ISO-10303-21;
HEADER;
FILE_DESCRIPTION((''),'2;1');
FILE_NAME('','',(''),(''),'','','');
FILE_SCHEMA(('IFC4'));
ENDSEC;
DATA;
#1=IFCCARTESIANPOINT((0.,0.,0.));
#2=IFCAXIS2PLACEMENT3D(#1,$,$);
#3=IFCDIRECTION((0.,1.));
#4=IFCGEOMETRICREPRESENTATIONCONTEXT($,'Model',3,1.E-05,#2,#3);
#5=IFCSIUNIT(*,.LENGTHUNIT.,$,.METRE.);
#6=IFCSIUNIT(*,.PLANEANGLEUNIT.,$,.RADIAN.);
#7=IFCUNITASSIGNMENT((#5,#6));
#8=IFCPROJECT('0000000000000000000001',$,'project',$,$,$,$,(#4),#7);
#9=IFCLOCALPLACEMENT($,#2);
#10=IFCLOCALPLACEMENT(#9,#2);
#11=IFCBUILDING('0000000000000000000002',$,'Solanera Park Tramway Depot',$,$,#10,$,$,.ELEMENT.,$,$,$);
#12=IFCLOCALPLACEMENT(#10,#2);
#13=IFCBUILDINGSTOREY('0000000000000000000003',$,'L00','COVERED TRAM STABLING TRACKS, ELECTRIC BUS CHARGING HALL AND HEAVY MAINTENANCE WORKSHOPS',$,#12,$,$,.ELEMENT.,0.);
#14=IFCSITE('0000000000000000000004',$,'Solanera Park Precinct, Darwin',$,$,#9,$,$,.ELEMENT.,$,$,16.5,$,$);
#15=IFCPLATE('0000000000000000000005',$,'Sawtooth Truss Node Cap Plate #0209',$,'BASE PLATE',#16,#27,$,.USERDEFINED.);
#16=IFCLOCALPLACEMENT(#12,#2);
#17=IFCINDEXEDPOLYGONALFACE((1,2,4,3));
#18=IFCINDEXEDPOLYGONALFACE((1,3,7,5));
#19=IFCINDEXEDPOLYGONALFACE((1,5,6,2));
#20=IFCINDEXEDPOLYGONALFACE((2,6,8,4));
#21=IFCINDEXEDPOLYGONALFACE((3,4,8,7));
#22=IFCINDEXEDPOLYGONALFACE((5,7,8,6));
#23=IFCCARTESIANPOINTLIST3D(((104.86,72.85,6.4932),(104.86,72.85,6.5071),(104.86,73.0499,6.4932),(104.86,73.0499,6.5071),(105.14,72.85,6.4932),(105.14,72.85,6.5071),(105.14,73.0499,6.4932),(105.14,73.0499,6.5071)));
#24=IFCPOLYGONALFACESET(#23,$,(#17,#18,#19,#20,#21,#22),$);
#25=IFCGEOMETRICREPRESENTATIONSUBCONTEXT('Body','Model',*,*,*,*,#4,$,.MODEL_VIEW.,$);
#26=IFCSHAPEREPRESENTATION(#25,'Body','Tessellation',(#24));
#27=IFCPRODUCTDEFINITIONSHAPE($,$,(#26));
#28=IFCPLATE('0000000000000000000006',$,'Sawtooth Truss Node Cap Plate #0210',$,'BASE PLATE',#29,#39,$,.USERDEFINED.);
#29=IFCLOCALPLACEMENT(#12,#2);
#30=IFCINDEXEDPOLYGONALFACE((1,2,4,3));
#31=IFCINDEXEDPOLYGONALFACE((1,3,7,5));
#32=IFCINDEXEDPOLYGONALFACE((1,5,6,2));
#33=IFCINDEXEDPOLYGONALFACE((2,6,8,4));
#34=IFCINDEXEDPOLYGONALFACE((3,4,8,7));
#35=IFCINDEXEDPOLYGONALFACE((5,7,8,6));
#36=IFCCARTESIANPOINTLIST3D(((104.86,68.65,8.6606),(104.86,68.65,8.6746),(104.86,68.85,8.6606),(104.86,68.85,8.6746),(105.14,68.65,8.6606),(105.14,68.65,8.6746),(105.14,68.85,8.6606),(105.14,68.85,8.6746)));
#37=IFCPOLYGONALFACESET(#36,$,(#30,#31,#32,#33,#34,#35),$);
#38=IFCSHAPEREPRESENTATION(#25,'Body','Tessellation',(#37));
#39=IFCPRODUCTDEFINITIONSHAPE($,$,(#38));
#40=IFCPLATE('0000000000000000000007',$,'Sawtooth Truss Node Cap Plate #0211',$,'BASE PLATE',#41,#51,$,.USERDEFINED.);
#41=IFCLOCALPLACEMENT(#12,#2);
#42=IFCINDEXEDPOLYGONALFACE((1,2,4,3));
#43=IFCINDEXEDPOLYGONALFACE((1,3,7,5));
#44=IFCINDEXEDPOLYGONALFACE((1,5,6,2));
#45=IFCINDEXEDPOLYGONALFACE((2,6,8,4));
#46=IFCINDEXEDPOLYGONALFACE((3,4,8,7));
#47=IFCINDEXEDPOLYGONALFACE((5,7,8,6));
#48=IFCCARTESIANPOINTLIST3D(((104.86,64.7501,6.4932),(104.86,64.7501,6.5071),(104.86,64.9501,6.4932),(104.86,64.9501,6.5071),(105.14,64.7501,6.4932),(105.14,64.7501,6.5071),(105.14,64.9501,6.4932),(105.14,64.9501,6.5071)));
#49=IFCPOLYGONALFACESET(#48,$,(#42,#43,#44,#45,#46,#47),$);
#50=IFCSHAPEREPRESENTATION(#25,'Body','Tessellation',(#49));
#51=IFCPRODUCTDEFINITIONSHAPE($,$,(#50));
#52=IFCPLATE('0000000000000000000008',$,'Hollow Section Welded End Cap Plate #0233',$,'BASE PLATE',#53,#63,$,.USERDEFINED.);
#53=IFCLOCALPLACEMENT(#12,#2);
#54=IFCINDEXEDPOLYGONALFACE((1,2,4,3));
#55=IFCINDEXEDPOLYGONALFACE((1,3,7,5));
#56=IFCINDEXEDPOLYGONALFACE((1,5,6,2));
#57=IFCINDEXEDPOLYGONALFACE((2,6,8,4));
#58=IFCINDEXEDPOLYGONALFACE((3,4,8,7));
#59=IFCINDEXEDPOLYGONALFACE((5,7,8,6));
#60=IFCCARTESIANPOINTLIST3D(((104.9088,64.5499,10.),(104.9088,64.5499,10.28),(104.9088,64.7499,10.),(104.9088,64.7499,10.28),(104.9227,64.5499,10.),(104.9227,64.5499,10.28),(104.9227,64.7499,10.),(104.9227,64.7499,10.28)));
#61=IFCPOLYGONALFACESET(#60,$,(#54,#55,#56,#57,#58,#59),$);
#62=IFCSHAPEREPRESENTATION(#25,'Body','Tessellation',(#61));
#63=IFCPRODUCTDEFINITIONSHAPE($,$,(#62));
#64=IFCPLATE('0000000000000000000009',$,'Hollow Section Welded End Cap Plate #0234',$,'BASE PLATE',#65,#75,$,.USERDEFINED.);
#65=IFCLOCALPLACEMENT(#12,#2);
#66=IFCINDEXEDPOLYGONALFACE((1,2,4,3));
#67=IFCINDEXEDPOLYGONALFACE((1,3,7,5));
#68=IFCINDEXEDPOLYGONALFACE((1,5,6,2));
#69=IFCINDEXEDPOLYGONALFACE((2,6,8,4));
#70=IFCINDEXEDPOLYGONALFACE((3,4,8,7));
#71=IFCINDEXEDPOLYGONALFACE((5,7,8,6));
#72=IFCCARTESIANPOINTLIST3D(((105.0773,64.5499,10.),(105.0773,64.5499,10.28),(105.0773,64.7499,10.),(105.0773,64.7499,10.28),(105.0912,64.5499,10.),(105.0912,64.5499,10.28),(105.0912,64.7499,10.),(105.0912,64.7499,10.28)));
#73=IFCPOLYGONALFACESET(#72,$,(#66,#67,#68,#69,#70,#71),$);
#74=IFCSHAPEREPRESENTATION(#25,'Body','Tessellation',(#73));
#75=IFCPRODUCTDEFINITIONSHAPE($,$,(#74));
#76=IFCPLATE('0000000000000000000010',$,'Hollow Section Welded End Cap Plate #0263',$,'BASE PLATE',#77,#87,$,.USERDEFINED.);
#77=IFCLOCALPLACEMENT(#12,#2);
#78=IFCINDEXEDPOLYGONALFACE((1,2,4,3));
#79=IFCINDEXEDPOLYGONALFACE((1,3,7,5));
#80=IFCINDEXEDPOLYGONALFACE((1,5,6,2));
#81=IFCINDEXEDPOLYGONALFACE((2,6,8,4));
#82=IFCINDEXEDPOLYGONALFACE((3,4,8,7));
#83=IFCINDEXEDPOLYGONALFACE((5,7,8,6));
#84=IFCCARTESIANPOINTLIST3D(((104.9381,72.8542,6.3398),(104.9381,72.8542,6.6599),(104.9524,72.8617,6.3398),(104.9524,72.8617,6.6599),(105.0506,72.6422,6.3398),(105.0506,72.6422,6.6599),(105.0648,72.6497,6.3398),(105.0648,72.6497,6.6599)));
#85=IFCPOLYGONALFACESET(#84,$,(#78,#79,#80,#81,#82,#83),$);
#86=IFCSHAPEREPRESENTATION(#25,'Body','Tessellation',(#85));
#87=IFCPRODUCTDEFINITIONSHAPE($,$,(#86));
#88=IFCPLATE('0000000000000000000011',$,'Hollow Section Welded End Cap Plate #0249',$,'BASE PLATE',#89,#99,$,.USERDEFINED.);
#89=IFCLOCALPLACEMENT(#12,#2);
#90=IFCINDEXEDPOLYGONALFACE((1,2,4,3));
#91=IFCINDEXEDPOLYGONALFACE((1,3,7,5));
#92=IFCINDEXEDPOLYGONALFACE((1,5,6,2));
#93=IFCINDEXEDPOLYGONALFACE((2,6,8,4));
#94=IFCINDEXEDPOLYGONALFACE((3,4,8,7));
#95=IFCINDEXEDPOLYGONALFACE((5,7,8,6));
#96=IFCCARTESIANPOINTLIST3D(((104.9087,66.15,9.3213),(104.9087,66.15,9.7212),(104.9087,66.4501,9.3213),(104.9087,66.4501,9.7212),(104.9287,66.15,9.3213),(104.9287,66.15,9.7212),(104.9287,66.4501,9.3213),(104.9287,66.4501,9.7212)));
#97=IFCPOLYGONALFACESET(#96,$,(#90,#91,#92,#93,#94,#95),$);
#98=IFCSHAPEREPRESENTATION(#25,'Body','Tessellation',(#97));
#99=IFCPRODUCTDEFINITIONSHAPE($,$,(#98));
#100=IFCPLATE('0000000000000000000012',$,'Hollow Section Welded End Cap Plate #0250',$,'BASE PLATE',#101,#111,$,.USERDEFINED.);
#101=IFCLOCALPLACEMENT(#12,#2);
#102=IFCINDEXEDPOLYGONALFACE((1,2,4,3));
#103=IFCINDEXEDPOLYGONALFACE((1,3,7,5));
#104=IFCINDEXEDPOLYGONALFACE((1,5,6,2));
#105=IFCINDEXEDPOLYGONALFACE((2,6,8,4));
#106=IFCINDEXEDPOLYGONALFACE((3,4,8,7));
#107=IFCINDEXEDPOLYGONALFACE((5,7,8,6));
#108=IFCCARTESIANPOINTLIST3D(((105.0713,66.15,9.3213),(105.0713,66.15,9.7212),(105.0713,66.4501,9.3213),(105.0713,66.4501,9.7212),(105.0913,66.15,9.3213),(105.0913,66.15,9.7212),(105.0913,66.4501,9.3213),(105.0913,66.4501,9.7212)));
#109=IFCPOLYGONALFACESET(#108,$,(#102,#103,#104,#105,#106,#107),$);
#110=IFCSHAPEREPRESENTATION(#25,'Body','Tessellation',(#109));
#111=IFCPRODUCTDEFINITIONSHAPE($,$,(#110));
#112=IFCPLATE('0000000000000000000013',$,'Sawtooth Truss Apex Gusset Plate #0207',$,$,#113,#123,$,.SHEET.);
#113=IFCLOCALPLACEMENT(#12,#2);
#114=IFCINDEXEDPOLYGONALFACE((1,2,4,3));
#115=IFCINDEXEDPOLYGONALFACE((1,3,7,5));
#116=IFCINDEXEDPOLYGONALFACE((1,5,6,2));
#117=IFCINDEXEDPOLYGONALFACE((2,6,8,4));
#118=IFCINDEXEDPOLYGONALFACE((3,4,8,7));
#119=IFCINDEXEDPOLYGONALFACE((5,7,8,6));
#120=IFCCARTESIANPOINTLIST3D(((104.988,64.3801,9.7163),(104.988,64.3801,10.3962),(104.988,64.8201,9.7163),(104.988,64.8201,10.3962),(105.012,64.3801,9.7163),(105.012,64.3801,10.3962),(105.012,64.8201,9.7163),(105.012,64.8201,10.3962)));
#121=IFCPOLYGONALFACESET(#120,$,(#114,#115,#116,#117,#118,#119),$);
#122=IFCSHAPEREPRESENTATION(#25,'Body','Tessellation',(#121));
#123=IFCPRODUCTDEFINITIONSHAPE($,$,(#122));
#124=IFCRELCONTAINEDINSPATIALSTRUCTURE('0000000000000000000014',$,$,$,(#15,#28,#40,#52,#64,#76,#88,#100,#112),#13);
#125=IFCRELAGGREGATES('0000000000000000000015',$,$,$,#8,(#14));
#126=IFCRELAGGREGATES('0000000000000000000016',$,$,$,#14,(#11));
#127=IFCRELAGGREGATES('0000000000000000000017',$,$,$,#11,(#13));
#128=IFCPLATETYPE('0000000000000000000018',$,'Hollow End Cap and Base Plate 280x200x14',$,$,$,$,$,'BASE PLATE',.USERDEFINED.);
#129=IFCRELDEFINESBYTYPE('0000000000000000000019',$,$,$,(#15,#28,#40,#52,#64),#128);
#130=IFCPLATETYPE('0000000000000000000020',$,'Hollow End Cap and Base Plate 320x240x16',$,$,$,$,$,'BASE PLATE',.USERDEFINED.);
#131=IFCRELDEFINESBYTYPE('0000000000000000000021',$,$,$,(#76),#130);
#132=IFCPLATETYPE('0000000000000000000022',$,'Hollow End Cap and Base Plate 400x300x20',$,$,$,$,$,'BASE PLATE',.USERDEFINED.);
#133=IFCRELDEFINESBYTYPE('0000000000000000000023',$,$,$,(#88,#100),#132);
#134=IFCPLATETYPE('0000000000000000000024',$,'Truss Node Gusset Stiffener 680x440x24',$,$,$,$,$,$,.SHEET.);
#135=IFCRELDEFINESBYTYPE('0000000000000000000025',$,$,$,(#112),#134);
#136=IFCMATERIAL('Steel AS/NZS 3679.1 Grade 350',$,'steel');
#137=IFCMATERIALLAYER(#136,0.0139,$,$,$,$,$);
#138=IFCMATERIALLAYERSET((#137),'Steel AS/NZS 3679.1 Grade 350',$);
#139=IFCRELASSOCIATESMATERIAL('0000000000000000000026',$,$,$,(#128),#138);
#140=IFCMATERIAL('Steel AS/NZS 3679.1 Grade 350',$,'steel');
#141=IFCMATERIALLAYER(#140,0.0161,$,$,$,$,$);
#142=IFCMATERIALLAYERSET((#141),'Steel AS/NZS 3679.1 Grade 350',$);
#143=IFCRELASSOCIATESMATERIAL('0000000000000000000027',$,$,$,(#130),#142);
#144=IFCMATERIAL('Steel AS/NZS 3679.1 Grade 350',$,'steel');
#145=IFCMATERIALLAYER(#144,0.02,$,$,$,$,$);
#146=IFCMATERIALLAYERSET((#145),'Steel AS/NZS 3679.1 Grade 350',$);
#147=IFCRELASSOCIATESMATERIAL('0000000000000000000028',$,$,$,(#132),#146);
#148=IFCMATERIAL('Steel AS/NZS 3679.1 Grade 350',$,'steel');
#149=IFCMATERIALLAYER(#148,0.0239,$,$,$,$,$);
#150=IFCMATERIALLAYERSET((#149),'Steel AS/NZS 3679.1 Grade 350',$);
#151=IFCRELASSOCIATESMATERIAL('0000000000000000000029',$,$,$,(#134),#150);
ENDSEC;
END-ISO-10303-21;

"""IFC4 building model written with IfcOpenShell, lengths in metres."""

from ifc_helpers import new_model, si_unit, direction, frame, origin, origin_2d, place, context, subcontext, project, spatial, rectangle, extrude, material, layer, layer_set, type_object, element, save


model = new_model("IFC4")

# Units and contexts
model_context = context("Model", 3, precision=1e-05, world=origin(), true_north=direction((0.0, 1.0)))
body_context = subcontext(model_context, "Body", "Model", "MODEL_VIEW")
ifc_project = project(units=[si_unit("LENGTHUNIT", "METRE"), si_unit("PLANEANGLEUNIT", "RADIAN")], contexts=[model_context])

# Site, building, storey
site_placement = place(None, origin())
site = spatial("IfcSite", under=ifc_project, at=site_placement, Name="Solanera Park Precinct, Darwin", CompositionType="ELEMENT", RefElevation=16.5)
building_placement = place(site_placement, origin())
building = spatial("IfcBuilding", under=site, at=building_placement, Name="Solanera Park Tramway Depot", CompositionType="ELEMENT")
storey_placement = place(building_placement, origin())
storey = spatial("IfcBuildingStorey", under=building, at=storey_placement, Name="L00", Description="COVERED TRAM STABLING TRACKS, ELECTRIC BUS CHARGING HALL AND HEAVY MAINTENANCE WORKSHOPS", CompositionType="ELEMENT", Elevation=0.0)

# Plates
ifc_material_1 = material(Name="Steel AS/NZS 3679.1 Grade 350", Category="steel")
ifc_layer_1 = layer(ifc_material_1, 0.0139)
ifc_layer_set_1 = layer_set([ifc_layer_1], Name="Steel AS/NZS 3679.1 Grade 350")
plate_type_1 = type_object("IfcPlateType", Name="Hollow End Cap and Base Plate 280x200x14", ElementType="BASE PLATE", PredefinedType="USERDEFINED", material=ifc_layer_set_1)
for number, where, z_axis, x_axis, name in (
    (1, (105.0, 72.95, 6.4932), (0.0, 0.0, 1.0), (1.0, 0.0, 0.0), "Sawtooth Truss Node Cap Plate #0209"),
    (2, (105.0, 68.75, 8.6606), (0.0, 0.0, 1.0), (1.0, 0.0, 0.0), "Sawtooth Truss Node Cap Plate #0210"),
    (3, (105.0, 64.8501, 6.4932), (0.0, 0.0, 1.0), (1.0, 0.0, 0.0), "Sawtooth Truss Node Cap Plate #0211"),
):
    element("IfcPlate", number, at=place(storey_placement, frame(where, z_axis=z_axis, x_axis=x_axis)), inside=storey, type_object=plate_type_1, Name=name, ObjectType="BASE PLATE", PredefinedType="USERDEFINED", context=body_context, shape_type="SweptSolid", body=[
        extrude(rectangle(XDim=0.28, YDim=0.2, at=origin_2d()), origin(), (0.0, 0.0, 1.0), 0.0139),
    ])
for number, where, z_axis, x_axis, name in (
    (4, (104.9158, 64.6499, 10.0), (0.0, 0.0, 1.0), (1.0, 0.0, 0.0), "Hollow Section Welded End Cap Plate #0233"),
    (5, (105.0842, 64.6499, 10.0), (0.0, 0.0, 1.0), (1.0, 0.0, 0.0), "Hollow Section Welded End Cap Plate #0234"),
):
    element("IfcPlate", number, at=place(storey_placement, frame(where, z_axis=z_axis, x_axis=x_axis)), inside=storey, type_object=plate_type_1, Name=name, ObjectType="BASE PLATE", PredefinedType="USERDEFINED", context=body_context, shape_type="SweptSolid", body=[
        extrude(rectangle(XDim=0.0139, YDim=0.2, at=origin_2d()), origin(), (0.0, 0.0, 1.0), 0.28),
    ])
ifc_material_2 = material(Name="Steel AS/NZS 3679.1 Grade 350", Category="steel")
ifc_layer_2 = layer(ifc_material_2, 0.0161)
ifc_layer_set_2 = layer_set([ifc_layer_2], Name="Steel AS/NZS 3679.1 Grade 350")
plate_type_2 = type_object("IfcPlateType", Name="Hollow End Cap and Base Plate 320x240x16", ElementType="BASE PLATE", PredefinedType="USERDEFINED", material=ifc_layer_set_2)
plate_1_placement = place(storey_placement, frame((105.0015, 72.752, 6.3398), z_axis=(0.0, 0.0, 1.0), x_axis=(0.883521, 0.468392, 0.0)))
element("IfcPlate", 6, at=plate_1_placement, inside=storey, type_object=plate_type_2, Name="Hollow Section Welded End Cap Plate #0263", ObjectType="BASE PLATE", PredefinedType="USERDEFINED", context=body_context, shape_type="SweptSolid", body=[
    extrude(rectangle(XDim=0.0161, YDim=0.24, at=origin_2d()), origin(), (0.0, 0.0, 1.0), 0.3201),
])
ifc_material_3 = material(Name="Steel AS/NZS 3679.1 Grade 350", Category="steel")
ifc_layer_3 = layer(ifc_material_3, 0.02)
ifc_layer_set_3 = layer_set([ifc_layer_3], Name="Steel AS/NZS 3679.1 Grade 350")
plate_type_3 = type_object("IfcPlateType", Name="Hollow End Cap and Base Plate 400x300x20", ElementType="BASE PLATE", PredefinedType="USERDEFINED", material=ifc_layer_set_3)
for number, where, z_axis, x_axis, name in (
    (7, (104.9187, 66.3, 9.3213), (0.0, 0.0, 1.0), (1.0, 0.0, 0.0), "Hollow Section Welded End Cap Plate #0249"),
    (8, (105.0813, 66.3, 9.3213), (0.0, 0.0, 1.0), (1.0, 0.0, 0.0), "Hollow Section Welded End Cap Plate #0250"),
):
    element("IfcPlate", number, at=place(storey_placement, frame(where, z_axis=z_axis, x_axis=x_axis)), inside=storey, type_object=plate_type_3, Name=name, ObjectType="BASE PLATE", PredefinedType="USERDEFINED", context=body_context, shape_type="SweptSolid", body=[
        extrude(rectangle(XDim=0.02, YDim=0.3, at=origin_2d()), origin(), (0.0, 0.0, 1.0), 0.3999),
    ])
ifc_material_4 = material(Name="Steel AS/NZS 3679.1 Grade 350", Category="steel")
ifc_layer_4 = layer(ifc_material_4, 0.0239)
ifc_layer_set_4 = layer_set([ifc_layer_4], Name="Steel AS/NZS 3679.1 Grade 350")
plate_type_4 = type_object("IfcPlateType", Name="Truss Node Gusset Stiffener 680x440x24", PredefinedType="SHEET", material=ifc_layer_set_4)
plate_2_placement = place(storey_placement, frame((105.0, 64.6001, 9.7163), z_axis=(0.0, 0.0, 1.0), x_axis=(1.0, 0.0, 0.0)))
element("IfcPlate", 9, at=plate_2_placement, inside=storey, type_object=plate_type_4, Name="Sawtooth Truss Apex Gusset Plate #0207", PredefinedType="SHEET", context=body_context, shape_type="SweptSolid", body=[
    extrude(rectangle(XDim=0.0239, YDim=0.4399, at=origin_2d()), origin(), (0.0, 0.0, 1.0), 0.6799),
])

save(model, "model.ifc")
